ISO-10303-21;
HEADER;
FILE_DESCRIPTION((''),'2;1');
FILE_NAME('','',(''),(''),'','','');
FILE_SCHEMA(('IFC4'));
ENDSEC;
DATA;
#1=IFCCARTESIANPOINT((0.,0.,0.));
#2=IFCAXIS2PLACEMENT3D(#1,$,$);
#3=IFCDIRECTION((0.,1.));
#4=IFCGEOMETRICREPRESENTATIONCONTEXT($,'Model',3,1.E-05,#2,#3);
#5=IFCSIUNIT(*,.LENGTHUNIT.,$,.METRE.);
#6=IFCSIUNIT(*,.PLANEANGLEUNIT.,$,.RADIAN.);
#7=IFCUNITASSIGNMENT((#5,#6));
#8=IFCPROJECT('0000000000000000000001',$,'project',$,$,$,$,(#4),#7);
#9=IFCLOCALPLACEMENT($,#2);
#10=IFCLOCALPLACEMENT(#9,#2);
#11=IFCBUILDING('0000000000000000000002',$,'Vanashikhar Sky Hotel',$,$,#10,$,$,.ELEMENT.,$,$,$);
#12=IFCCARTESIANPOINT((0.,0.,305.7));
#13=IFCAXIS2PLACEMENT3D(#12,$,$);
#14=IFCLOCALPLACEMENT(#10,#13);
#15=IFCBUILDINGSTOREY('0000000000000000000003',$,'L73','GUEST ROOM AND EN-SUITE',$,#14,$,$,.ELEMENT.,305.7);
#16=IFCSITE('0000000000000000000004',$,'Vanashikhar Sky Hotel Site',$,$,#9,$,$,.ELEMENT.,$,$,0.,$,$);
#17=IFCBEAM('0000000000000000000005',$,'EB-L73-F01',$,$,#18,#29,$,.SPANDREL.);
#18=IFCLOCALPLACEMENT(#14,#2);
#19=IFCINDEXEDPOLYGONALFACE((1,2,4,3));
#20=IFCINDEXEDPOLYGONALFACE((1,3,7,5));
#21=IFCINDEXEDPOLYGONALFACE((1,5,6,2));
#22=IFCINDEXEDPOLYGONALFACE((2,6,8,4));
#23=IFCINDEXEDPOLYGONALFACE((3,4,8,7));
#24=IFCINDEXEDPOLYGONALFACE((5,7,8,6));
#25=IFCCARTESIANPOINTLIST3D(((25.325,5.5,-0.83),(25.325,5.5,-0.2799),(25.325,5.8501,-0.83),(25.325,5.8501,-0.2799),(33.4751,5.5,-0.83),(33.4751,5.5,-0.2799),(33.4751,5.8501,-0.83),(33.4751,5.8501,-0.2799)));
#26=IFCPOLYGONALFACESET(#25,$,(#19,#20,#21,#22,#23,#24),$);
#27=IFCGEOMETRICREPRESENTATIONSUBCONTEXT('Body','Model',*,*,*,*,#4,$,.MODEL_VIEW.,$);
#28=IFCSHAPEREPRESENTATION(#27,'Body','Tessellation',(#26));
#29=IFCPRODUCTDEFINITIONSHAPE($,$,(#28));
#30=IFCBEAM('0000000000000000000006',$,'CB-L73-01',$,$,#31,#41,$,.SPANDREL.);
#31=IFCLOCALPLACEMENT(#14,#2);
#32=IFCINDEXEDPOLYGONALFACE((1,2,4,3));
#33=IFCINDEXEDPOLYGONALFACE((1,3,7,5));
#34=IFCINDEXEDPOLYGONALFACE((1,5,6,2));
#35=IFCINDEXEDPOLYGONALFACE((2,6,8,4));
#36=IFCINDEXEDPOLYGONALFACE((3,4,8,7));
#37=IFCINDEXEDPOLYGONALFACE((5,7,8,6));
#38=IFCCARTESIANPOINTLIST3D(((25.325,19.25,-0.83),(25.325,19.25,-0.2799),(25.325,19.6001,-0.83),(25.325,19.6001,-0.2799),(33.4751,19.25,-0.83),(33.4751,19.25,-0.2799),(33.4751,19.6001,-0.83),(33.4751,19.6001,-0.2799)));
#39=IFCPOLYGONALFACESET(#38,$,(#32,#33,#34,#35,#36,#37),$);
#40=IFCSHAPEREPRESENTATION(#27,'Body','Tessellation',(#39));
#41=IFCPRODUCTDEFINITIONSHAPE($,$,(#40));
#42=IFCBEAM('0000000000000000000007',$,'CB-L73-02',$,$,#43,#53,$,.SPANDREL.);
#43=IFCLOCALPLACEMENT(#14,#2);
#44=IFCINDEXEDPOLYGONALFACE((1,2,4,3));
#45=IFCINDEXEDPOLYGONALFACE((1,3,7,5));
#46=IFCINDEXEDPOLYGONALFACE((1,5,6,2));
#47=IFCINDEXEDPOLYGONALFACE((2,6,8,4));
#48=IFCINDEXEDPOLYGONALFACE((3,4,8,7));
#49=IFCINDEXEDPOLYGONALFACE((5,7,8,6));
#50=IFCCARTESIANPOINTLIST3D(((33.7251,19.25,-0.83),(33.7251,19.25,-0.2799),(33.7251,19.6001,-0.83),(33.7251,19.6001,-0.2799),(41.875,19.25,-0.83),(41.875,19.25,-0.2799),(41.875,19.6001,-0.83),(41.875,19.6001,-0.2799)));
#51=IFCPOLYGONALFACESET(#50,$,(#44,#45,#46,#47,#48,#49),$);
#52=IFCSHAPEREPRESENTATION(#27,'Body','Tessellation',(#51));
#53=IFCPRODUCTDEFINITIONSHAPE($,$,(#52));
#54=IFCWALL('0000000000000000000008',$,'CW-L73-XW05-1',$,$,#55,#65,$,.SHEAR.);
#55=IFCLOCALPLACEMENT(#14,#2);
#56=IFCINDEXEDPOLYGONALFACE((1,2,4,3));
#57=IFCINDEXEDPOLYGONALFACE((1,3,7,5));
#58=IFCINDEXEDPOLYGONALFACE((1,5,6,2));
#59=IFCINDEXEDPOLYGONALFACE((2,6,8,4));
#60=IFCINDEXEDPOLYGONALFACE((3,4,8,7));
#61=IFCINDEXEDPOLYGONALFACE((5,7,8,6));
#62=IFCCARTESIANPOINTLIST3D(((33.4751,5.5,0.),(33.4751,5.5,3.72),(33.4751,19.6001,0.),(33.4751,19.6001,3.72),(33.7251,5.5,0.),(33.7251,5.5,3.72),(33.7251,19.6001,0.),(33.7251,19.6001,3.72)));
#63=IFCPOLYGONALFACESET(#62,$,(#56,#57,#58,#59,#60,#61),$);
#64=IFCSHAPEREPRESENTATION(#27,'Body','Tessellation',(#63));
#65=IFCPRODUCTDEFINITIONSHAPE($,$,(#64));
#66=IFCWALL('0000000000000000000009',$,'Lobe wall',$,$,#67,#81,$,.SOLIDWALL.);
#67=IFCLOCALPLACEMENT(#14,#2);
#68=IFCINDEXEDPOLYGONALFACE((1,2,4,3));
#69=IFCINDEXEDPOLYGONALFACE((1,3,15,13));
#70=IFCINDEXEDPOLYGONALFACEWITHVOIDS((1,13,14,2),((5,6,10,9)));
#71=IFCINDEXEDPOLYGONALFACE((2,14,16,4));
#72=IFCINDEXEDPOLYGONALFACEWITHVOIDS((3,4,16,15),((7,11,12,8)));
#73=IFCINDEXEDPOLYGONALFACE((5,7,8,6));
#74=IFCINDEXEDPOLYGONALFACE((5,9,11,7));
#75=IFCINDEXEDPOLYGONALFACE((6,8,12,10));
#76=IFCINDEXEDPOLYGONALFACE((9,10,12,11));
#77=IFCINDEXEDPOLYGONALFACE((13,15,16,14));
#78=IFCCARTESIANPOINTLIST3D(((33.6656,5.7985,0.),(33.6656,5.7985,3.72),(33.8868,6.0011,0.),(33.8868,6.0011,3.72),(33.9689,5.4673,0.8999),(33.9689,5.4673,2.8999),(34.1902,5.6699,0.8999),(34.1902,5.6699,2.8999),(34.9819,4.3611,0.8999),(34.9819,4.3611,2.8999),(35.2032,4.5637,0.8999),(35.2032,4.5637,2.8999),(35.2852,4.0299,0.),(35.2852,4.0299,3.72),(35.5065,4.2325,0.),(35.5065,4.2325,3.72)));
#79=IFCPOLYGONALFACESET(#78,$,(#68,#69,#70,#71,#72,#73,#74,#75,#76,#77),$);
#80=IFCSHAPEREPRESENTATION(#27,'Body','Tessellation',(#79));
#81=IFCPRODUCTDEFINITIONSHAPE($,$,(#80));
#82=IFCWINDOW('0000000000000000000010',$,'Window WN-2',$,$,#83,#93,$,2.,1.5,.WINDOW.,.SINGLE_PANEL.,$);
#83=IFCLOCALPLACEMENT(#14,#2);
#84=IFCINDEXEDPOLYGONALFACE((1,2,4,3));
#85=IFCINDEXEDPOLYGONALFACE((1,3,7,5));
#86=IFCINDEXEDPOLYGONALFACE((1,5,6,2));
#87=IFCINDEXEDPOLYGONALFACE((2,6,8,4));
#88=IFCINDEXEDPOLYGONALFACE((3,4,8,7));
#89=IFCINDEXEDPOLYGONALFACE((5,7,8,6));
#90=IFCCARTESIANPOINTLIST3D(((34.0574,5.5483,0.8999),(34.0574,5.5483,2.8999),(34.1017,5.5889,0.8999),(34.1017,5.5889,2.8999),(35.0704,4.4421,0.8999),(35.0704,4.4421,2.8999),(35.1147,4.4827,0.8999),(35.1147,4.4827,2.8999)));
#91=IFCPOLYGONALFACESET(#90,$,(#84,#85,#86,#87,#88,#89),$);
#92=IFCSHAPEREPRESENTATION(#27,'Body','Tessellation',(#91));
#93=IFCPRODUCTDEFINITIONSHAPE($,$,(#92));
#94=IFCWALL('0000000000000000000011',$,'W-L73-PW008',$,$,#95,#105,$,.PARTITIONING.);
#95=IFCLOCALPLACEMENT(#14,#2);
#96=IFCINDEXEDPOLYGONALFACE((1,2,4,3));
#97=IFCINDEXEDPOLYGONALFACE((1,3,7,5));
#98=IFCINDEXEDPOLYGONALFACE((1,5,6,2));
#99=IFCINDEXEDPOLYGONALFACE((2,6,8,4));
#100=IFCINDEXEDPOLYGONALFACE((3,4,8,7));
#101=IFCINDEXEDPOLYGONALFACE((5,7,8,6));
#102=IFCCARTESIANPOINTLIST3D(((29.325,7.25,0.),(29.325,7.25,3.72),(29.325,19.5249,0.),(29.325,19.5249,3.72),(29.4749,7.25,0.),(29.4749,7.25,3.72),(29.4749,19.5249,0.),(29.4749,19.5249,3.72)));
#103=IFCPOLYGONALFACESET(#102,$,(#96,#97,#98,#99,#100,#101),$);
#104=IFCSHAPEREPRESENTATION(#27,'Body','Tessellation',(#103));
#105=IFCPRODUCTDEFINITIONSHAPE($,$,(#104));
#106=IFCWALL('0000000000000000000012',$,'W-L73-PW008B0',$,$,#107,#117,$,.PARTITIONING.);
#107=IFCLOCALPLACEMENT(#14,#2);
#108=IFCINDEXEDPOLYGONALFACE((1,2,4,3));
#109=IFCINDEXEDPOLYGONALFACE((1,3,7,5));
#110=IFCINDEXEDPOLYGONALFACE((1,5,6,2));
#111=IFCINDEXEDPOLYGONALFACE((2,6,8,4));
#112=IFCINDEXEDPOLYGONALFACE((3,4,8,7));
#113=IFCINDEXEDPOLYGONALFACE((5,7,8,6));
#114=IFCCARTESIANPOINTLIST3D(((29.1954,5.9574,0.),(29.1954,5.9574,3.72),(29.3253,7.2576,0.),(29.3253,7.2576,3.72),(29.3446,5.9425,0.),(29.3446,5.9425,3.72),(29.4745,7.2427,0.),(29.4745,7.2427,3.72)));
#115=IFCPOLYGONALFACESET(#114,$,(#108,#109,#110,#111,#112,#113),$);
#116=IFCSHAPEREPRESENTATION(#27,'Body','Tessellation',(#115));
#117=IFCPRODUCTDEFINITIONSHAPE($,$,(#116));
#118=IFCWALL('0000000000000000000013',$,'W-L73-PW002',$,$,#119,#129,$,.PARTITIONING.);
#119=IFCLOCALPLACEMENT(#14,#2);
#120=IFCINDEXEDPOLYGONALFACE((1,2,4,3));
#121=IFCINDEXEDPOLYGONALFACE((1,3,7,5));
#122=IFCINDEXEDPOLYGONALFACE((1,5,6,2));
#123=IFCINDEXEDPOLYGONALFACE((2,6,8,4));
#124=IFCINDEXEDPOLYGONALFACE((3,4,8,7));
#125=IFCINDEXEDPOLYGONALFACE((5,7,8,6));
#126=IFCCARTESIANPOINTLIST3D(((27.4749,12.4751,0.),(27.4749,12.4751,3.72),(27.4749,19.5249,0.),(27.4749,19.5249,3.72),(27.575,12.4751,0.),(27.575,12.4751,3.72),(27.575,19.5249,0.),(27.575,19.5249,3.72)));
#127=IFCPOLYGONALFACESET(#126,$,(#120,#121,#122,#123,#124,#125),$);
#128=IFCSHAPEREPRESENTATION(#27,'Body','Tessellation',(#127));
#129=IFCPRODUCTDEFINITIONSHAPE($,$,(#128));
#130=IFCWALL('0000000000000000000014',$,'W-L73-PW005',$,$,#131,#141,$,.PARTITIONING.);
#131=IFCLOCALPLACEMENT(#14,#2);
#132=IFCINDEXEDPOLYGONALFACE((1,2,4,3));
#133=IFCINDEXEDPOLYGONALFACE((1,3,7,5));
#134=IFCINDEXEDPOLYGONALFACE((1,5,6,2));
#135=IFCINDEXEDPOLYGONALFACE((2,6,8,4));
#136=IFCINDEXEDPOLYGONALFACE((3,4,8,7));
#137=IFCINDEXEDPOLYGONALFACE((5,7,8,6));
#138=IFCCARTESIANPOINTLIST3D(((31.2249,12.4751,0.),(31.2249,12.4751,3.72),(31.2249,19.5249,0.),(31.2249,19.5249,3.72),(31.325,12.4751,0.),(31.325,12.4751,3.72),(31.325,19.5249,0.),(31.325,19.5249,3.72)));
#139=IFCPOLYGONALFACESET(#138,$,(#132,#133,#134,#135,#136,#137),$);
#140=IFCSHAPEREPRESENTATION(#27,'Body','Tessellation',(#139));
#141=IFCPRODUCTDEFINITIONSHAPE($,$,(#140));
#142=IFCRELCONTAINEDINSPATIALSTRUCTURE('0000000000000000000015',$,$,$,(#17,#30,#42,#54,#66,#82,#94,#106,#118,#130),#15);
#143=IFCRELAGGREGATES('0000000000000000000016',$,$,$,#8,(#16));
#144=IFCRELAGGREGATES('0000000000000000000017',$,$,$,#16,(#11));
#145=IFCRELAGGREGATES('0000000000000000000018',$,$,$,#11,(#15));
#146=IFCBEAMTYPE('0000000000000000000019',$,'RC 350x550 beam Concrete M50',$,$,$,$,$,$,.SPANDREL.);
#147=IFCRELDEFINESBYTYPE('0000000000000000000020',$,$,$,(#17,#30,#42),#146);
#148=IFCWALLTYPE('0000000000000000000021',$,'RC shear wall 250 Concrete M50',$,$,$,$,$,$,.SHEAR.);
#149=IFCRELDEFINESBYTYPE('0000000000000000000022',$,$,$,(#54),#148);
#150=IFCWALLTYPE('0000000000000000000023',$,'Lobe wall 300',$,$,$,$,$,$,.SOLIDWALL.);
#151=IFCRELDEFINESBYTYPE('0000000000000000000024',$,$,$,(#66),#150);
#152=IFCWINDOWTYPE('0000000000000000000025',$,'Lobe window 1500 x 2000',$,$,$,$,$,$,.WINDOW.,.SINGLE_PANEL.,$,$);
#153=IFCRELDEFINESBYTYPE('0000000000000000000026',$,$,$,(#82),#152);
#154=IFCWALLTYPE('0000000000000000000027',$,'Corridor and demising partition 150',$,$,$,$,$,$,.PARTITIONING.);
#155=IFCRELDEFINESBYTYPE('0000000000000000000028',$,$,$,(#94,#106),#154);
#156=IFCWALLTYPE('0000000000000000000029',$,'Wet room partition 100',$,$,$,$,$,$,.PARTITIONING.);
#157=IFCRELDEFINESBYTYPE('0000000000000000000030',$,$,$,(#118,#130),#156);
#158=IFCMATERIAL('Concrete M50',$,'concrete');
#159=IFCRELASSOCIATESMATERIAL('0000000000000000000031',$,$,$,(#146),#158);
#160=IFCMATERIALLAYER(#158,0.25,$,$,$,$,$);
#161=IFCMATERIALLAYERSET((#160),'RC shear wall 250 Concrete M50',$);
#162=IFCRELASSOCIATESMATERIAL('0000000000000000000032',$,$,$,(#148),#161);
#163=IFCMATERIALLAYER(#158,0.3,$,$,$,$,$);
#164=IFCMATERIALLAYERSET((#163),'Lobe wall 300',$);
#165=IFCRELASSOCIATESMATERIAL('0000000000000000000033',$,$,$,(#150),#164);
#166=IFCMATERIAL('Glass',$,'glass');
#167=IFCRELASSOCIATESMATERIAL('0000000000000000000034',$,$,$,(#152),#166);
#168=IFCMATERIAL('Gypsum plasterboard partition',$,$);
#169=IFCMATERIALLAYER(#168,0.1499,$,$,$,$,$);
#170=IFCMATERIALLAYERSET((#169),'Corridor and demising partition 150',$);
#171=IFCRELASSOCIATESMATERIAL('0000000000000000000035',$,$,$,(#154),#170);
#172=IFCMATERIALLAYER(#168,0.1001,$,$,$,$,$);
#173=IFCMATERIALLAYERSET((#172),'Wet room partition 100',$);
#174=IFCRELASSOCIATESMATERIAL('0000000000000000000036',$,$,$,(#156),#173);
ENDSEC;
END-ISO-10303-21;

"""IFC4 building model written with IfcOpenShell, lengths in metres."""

from ifc_helpers import new_model, si_unit, direction, frame, frame_2d, origin, origin_2d, place, context, subcontext, project, spatial, rectangle, extrude, source, transform, mapped, material, layer, layer_set, material_profile, profile_set, type_object, element, fill, save


model = new_model("IFC4")

# Units and contexts
model_context = context("Model", 3, precision=1e-05, world=origin(), true_north=direction((0.0, 1.0)))
body_context = subcontext(model_context, "Body", "Model", "MODEL_VIEW")
ifc_project = project(units=[si_unit("LENGTHUNIT", "METRE"), si_unit("PLANEANGLEUNIT", "RADIAN")], contexts=[model_context])

# Site, building, storey
site_placement = place(None, origin())
site = spatial("IfcSite", under=ifc_project, at=site_placement, Name="Vanashikhar Sky Hotel Site", CompositionType="ELEMENT", RefElevation=0.0)
building_placement = place(site_placement, origin())
building = spatial("IfcBuilding", under=site, at=building_placement, Name="Vanashikhar Sky Hotel", CompositionType="ELEMENT")
storey_placement = place(building_placement, frame((0.0, 0.0, 305.7)))
storey = spatial("IfcBuildingStorey", under=building, at=storey_placement, Name="L73", Description="GUEST ROOM AND EN-SUITE", CompositionType="ELEMENT", Elevation=305.7)

# Beams
ifc_material_1 = material(Name="Concrete M50", Category="concrete")
ifc_material_profile_1 = material_profile(ifc_material_1, rectangle(XDim=0.3501, YDim=0.55, at=origin_2d()))
ifc_profile_set_1 = profile_set([ifc_material_profile_1], Name="RC 350x550 beam Concrete M50")
beam_type = type_object("IfcBeamType", Name="RC 350x550 beam Concrete M50", PredefinedType="SPANDREL", material=ifc_profile_set_1)
shared_shape_1 = source(origin(), body_context, "Body", "SweptSolid", [
    extrude(rectangle(XDim=0.3501, YDim=0.55, at=origin_2d()), origin(), (0.0, 0.0, 1.0), 8.1501),
])
for number, where, z_axis, x_axis, name in (
    (1, (25.325, 5.675, -0.5549), (1.0, 0.0, 0.0), (0.0, 1.0, 0.0), "EB-L73-F01"),
    (2, (25.325, 19.425, -0.5549), (1.0, 0.0, 0.0), (0.0, 1.0, 0.0), "CB-L73-01"),
):
    element("IfcBeam", number, at=place(storey_placement, frame(where, z_axis=z_axis, x_axis=x_axis)), inside=storey, type_object=beam_type, Name=name, PredefinedType="SPANDREL", context=body_context, shape_type="MappedRepresentation", body=[
        mapped(shared_shape_1, transform((0.0, 0.0, 0.0), scale=1.0)),
    ])
shared_shape_2 = source(origin(), body_context, "Body", "SweptSolid", [
    extrude(rectangle(XDim=0.3501, YDim=0.55, at=origin_2d()), origin(), (0.0, 0.0, 1.0), 8.1499),
])
beam_placement = place(storey_placement, frame((33.7251, 19.425, -0.5549), z_axis=(1.0, 0.0, 0.0), x_axis=(0.0, 1.0, 0.0)))
element("IfcBeam", 3, at=beam_placement, inside=storey, type_object=beam_type, Name="CB-L73-02", PredefinedType="SPANDREL", context=body_context, shape_type="MappedRepresentation", body=[
    mapped(shared_shape_2, transform((0.0, 0.0, 0.0), scale=1.0)),
])

# Wall
ifc_layer_1 = layer(ifc_material_1, 0.25)
ifc_layer_set_1 = layer_set([ifc_layer_1], Name="RC shear wall 250 Concrete M50")
wall_type_1 = type_object("IfcWallType", Name="RC shear wall 250 Concrete M50", PredefinedType="SHEAR", material=ifc_layer_set_1)
shared_shape_3 = source(origin(), body_context, "Body", "SweptSolid", [
    extrude(rectangle(XDim=14.1001, YDim=0.25, at=frame_2d((7.05, 0.0))), origin(), (0.0, 0.0, 1.0), 3.72),
])
wall_1_placement = place(storey_placement, frame((33.6001, 5.5, 0.0), z_axis=(0.0, 0.0, 1.0), x_axis=(0.0, 1.0, 0.0)))
element("IfcWall", 4, at=wall_1_placement, inside=storey, type_object=wall_type_1, Name="CW-L73-XW05-1", PredefinedType="SHEAR", context=body_context, shape_type="MappedRepresentation", body=[
    mapped(shared_shape_3, transform((0.0, 0.0, 0.0), scale=1.0)),
])

# Shared definitions
ifc_material_2 = material(Name="Glass", Category="glass")

# Wall, opening, window
ifc_layer_2 = layer(ifc_material_1, 0.3)
ifc_layer_set_2 = layer_set([ifc_layer_2], Name="Lobe wall 300")
wall_type_2 = type_object("IfcWallType", Name="Lobe wall 300", PredefinedType="SOLIDWALL", material=ifc_layer_set_2)
shared_shape_4 = source(origin(), body_context, "Body", "SweptSolid", [
    extrude(rectangle(XDim=2.3982, YDim=0.3, at=frame_2d((1.1992, 0.0))), origin(), (0.0, 0.0, 1.0), 3.72),
])
wall_2_placement = place(storey_placement, frame((33.7761, 5.8999, 0.0), z_axis=(0.0, 0.0, 1.0), x_axis=(0.675374, -0.737475, 0.0)))
wall_2 = element("IfcWall", 5, at=wall_2_placement, inside=storey, type_object=wall_type_2, Name="Lobe wall", PredefinedType="SOLIDWALL", context=body_context, shape_type="MappedRepresentation", body=[
    mapped(shared_shape_4, transform((0.0, 0.0, 0.0), scale=1.0)),
])
shared_shape_5 = source(origin(), body_context, "Body", "SweptSolid", [
    extrude(rectangle(XDim=1.5, YDim=2.0, at=frame_2d((0.75, 1.0))), frame((0.0, 0.1602, 0.0), z_axis=(0.0, -1.0, 0.0), x_axis=(1.0, 0.0, 0.0)), (0.0, 0.0, 1.0), 0.3201),
])
opening_1_placement = place(wall_2_placement, frame((0.4492, 0.0, 0.8999)))
opening_1 = element("IfcOpeningElement", 6, at=opening_1_placement, cuts=wall_2, PredefinedType="OPENING", context=body_context, shape_type="MappedRepresentation", body=[
    mapped(shared_shape_5, transform((0.0, 0.0, 0.0), scale=1.0)),
])
window_type_1 = type_object("IfcWindowType", Name="Lobe window 1500 x 2000", PartitioningType="SINGLE_PANEL", PredefinedType="WINDOW", material=ifc_material_2)
shared_shape_6 = source(origin(), body_context, "Body", "SweptSolid", [
    extrude(rectangle(XDim=1.5, YDim=2.0, at=frame_2d((0.75, 1.0))), frame((0.0, 0.03, 0.0), z_axis=(0.0, -1.0, 0.0), x_axis=(1.0, 0.0, 0.0)), (0.0, 0.0, 1.0), 0.0601),
])
window_1_placement = place(opening_1_placement, origin())
window_1 = element("IfcWindow", 7, at=window_1_placement, inside=storey, type_object=window_type_1, Name="Window WN-2", OverallHeight=2.0, OverallWidth=1.5, PartitioningType="SINGLE_PANEL", PredefinedType="WINDOW", context=body_context, shape_type="MappedRepresentation", body=[
    mapped(shared_shape_6, transform((0.0, 0.0, 0.0), scale=1.0)),
])
fill(opening_1, window_1)

# Walls
ifc_material_3 = material(Name="Gypsum plasterboard partition")
ifc_layer_3 = layer(ifc_material_3, 0.1499)
ifc_layer_set_3 = layer_set([ifc_layer_3], Name="Corridor and demising partition 150")
wall_type_3 = type_object("IfcWallType", Name="Corridor and demising partition 150", PredefinedType="PARTITIONING", material=ifc_layer_set_3)
shared_shape_7 = source(origin(), body_context, "Body", "SweptSolid", [
    extrude(rectangle(XDim=12.2749, YDim=0.1499, at=frame_2d((6.1375, 0.0))), origin(), (0.0, 0.0, 1.0), 3.72),
])
wall_3_placement = place(storey_placement, frame((29.3999, 7.25, 0.0), z_axis=(0.0, 0.0, 1.0), x_axis=(0.0, 1.0, 0.0)))
element("IfcWall", 8, at=wall_3_placement, inside=storey, type_object=wall_type_3, Name="W-L73-PW008", PredefinedType="PARTITIONING", context=body_context, shape_type="MappedRepresentation", body=[
    mapped(shared_shape_7, transform((0.0, 0.0, 0.0), scale=1.0)),
])
shared_shape_8 = source(origin(), body_context, "Body", "SweptSolid", [
    extrude(rectangle(XDim=1.3066, YDim=0.1499, at=frame_2d((0.6533, 0.0))), origin(), (0.0, 0.0, 1.0), 3.72),
])
wall_4_placement = place(storey_placement, frame((29.27, 5.95, 0.0), z_axis=(0.0, 0.0, 1.0), x_axis=(0.099411, 0.995046, 0.0)))
element("IfcWall", 9, at=wall_4_placement, inside=storey, type_object=wall_type_3, Name="W-L73-PW008B0", PredefinedType="PARTITIONING", context=body_context, shape_type="MappedRepresentation", body=[
    mapped(shared_shape_8, transform((0.0, 0.0, 0.0), scale=1.0)),
])
ifc_layer_4 = layer(ifc_material_3, 0.1001)
ifc_layer_set_4 = layer_set([ifc_layer_4], Name="Wet room partition 100")
wall_type_4 = type_object("IfcWallType", Name="Wet room partition 100", PredefinedType="PARTITIONING", material=ifc_layer_set_4)
shared_shape_9 = source(origin(), body_context, "Body", "SweptSolid", [
    extrude(rectangle(XDim=7.0498, YDim=0.1001, at=frame_2d((3.5249, 0.0))), origin(), (0.0, 0.0, 1.0), 3.72),
])
for number, where, z_axis, x_axis, name in (
    (10, (27.5249, 12.4751, 0.0), (0.0, 0.0, 1.0), (0.0, 1.0, 0.0), "W-L73-PW002"),
    (11, (31.2749, 12.4751, 0.0), (0.0, 0.0, 1.0), (0.0, 1.0, 0.0), "W-L73-PW005"),
):
    element("IfcWall", number, at=place(storey_placement, frame(where, z_axis=z_axis, x_axis=x_axis)), inside=storey, type_object=wall_type_4, Name=name, PredefinedType="PARTITIONING", context=body_context, shape_type="MappedRepresentation", body=[
        mapped(shared_shape_9, transform((0.0, 0.0, 0.0), scale=1.0)),
    ])

save(model, "model.ifc")
